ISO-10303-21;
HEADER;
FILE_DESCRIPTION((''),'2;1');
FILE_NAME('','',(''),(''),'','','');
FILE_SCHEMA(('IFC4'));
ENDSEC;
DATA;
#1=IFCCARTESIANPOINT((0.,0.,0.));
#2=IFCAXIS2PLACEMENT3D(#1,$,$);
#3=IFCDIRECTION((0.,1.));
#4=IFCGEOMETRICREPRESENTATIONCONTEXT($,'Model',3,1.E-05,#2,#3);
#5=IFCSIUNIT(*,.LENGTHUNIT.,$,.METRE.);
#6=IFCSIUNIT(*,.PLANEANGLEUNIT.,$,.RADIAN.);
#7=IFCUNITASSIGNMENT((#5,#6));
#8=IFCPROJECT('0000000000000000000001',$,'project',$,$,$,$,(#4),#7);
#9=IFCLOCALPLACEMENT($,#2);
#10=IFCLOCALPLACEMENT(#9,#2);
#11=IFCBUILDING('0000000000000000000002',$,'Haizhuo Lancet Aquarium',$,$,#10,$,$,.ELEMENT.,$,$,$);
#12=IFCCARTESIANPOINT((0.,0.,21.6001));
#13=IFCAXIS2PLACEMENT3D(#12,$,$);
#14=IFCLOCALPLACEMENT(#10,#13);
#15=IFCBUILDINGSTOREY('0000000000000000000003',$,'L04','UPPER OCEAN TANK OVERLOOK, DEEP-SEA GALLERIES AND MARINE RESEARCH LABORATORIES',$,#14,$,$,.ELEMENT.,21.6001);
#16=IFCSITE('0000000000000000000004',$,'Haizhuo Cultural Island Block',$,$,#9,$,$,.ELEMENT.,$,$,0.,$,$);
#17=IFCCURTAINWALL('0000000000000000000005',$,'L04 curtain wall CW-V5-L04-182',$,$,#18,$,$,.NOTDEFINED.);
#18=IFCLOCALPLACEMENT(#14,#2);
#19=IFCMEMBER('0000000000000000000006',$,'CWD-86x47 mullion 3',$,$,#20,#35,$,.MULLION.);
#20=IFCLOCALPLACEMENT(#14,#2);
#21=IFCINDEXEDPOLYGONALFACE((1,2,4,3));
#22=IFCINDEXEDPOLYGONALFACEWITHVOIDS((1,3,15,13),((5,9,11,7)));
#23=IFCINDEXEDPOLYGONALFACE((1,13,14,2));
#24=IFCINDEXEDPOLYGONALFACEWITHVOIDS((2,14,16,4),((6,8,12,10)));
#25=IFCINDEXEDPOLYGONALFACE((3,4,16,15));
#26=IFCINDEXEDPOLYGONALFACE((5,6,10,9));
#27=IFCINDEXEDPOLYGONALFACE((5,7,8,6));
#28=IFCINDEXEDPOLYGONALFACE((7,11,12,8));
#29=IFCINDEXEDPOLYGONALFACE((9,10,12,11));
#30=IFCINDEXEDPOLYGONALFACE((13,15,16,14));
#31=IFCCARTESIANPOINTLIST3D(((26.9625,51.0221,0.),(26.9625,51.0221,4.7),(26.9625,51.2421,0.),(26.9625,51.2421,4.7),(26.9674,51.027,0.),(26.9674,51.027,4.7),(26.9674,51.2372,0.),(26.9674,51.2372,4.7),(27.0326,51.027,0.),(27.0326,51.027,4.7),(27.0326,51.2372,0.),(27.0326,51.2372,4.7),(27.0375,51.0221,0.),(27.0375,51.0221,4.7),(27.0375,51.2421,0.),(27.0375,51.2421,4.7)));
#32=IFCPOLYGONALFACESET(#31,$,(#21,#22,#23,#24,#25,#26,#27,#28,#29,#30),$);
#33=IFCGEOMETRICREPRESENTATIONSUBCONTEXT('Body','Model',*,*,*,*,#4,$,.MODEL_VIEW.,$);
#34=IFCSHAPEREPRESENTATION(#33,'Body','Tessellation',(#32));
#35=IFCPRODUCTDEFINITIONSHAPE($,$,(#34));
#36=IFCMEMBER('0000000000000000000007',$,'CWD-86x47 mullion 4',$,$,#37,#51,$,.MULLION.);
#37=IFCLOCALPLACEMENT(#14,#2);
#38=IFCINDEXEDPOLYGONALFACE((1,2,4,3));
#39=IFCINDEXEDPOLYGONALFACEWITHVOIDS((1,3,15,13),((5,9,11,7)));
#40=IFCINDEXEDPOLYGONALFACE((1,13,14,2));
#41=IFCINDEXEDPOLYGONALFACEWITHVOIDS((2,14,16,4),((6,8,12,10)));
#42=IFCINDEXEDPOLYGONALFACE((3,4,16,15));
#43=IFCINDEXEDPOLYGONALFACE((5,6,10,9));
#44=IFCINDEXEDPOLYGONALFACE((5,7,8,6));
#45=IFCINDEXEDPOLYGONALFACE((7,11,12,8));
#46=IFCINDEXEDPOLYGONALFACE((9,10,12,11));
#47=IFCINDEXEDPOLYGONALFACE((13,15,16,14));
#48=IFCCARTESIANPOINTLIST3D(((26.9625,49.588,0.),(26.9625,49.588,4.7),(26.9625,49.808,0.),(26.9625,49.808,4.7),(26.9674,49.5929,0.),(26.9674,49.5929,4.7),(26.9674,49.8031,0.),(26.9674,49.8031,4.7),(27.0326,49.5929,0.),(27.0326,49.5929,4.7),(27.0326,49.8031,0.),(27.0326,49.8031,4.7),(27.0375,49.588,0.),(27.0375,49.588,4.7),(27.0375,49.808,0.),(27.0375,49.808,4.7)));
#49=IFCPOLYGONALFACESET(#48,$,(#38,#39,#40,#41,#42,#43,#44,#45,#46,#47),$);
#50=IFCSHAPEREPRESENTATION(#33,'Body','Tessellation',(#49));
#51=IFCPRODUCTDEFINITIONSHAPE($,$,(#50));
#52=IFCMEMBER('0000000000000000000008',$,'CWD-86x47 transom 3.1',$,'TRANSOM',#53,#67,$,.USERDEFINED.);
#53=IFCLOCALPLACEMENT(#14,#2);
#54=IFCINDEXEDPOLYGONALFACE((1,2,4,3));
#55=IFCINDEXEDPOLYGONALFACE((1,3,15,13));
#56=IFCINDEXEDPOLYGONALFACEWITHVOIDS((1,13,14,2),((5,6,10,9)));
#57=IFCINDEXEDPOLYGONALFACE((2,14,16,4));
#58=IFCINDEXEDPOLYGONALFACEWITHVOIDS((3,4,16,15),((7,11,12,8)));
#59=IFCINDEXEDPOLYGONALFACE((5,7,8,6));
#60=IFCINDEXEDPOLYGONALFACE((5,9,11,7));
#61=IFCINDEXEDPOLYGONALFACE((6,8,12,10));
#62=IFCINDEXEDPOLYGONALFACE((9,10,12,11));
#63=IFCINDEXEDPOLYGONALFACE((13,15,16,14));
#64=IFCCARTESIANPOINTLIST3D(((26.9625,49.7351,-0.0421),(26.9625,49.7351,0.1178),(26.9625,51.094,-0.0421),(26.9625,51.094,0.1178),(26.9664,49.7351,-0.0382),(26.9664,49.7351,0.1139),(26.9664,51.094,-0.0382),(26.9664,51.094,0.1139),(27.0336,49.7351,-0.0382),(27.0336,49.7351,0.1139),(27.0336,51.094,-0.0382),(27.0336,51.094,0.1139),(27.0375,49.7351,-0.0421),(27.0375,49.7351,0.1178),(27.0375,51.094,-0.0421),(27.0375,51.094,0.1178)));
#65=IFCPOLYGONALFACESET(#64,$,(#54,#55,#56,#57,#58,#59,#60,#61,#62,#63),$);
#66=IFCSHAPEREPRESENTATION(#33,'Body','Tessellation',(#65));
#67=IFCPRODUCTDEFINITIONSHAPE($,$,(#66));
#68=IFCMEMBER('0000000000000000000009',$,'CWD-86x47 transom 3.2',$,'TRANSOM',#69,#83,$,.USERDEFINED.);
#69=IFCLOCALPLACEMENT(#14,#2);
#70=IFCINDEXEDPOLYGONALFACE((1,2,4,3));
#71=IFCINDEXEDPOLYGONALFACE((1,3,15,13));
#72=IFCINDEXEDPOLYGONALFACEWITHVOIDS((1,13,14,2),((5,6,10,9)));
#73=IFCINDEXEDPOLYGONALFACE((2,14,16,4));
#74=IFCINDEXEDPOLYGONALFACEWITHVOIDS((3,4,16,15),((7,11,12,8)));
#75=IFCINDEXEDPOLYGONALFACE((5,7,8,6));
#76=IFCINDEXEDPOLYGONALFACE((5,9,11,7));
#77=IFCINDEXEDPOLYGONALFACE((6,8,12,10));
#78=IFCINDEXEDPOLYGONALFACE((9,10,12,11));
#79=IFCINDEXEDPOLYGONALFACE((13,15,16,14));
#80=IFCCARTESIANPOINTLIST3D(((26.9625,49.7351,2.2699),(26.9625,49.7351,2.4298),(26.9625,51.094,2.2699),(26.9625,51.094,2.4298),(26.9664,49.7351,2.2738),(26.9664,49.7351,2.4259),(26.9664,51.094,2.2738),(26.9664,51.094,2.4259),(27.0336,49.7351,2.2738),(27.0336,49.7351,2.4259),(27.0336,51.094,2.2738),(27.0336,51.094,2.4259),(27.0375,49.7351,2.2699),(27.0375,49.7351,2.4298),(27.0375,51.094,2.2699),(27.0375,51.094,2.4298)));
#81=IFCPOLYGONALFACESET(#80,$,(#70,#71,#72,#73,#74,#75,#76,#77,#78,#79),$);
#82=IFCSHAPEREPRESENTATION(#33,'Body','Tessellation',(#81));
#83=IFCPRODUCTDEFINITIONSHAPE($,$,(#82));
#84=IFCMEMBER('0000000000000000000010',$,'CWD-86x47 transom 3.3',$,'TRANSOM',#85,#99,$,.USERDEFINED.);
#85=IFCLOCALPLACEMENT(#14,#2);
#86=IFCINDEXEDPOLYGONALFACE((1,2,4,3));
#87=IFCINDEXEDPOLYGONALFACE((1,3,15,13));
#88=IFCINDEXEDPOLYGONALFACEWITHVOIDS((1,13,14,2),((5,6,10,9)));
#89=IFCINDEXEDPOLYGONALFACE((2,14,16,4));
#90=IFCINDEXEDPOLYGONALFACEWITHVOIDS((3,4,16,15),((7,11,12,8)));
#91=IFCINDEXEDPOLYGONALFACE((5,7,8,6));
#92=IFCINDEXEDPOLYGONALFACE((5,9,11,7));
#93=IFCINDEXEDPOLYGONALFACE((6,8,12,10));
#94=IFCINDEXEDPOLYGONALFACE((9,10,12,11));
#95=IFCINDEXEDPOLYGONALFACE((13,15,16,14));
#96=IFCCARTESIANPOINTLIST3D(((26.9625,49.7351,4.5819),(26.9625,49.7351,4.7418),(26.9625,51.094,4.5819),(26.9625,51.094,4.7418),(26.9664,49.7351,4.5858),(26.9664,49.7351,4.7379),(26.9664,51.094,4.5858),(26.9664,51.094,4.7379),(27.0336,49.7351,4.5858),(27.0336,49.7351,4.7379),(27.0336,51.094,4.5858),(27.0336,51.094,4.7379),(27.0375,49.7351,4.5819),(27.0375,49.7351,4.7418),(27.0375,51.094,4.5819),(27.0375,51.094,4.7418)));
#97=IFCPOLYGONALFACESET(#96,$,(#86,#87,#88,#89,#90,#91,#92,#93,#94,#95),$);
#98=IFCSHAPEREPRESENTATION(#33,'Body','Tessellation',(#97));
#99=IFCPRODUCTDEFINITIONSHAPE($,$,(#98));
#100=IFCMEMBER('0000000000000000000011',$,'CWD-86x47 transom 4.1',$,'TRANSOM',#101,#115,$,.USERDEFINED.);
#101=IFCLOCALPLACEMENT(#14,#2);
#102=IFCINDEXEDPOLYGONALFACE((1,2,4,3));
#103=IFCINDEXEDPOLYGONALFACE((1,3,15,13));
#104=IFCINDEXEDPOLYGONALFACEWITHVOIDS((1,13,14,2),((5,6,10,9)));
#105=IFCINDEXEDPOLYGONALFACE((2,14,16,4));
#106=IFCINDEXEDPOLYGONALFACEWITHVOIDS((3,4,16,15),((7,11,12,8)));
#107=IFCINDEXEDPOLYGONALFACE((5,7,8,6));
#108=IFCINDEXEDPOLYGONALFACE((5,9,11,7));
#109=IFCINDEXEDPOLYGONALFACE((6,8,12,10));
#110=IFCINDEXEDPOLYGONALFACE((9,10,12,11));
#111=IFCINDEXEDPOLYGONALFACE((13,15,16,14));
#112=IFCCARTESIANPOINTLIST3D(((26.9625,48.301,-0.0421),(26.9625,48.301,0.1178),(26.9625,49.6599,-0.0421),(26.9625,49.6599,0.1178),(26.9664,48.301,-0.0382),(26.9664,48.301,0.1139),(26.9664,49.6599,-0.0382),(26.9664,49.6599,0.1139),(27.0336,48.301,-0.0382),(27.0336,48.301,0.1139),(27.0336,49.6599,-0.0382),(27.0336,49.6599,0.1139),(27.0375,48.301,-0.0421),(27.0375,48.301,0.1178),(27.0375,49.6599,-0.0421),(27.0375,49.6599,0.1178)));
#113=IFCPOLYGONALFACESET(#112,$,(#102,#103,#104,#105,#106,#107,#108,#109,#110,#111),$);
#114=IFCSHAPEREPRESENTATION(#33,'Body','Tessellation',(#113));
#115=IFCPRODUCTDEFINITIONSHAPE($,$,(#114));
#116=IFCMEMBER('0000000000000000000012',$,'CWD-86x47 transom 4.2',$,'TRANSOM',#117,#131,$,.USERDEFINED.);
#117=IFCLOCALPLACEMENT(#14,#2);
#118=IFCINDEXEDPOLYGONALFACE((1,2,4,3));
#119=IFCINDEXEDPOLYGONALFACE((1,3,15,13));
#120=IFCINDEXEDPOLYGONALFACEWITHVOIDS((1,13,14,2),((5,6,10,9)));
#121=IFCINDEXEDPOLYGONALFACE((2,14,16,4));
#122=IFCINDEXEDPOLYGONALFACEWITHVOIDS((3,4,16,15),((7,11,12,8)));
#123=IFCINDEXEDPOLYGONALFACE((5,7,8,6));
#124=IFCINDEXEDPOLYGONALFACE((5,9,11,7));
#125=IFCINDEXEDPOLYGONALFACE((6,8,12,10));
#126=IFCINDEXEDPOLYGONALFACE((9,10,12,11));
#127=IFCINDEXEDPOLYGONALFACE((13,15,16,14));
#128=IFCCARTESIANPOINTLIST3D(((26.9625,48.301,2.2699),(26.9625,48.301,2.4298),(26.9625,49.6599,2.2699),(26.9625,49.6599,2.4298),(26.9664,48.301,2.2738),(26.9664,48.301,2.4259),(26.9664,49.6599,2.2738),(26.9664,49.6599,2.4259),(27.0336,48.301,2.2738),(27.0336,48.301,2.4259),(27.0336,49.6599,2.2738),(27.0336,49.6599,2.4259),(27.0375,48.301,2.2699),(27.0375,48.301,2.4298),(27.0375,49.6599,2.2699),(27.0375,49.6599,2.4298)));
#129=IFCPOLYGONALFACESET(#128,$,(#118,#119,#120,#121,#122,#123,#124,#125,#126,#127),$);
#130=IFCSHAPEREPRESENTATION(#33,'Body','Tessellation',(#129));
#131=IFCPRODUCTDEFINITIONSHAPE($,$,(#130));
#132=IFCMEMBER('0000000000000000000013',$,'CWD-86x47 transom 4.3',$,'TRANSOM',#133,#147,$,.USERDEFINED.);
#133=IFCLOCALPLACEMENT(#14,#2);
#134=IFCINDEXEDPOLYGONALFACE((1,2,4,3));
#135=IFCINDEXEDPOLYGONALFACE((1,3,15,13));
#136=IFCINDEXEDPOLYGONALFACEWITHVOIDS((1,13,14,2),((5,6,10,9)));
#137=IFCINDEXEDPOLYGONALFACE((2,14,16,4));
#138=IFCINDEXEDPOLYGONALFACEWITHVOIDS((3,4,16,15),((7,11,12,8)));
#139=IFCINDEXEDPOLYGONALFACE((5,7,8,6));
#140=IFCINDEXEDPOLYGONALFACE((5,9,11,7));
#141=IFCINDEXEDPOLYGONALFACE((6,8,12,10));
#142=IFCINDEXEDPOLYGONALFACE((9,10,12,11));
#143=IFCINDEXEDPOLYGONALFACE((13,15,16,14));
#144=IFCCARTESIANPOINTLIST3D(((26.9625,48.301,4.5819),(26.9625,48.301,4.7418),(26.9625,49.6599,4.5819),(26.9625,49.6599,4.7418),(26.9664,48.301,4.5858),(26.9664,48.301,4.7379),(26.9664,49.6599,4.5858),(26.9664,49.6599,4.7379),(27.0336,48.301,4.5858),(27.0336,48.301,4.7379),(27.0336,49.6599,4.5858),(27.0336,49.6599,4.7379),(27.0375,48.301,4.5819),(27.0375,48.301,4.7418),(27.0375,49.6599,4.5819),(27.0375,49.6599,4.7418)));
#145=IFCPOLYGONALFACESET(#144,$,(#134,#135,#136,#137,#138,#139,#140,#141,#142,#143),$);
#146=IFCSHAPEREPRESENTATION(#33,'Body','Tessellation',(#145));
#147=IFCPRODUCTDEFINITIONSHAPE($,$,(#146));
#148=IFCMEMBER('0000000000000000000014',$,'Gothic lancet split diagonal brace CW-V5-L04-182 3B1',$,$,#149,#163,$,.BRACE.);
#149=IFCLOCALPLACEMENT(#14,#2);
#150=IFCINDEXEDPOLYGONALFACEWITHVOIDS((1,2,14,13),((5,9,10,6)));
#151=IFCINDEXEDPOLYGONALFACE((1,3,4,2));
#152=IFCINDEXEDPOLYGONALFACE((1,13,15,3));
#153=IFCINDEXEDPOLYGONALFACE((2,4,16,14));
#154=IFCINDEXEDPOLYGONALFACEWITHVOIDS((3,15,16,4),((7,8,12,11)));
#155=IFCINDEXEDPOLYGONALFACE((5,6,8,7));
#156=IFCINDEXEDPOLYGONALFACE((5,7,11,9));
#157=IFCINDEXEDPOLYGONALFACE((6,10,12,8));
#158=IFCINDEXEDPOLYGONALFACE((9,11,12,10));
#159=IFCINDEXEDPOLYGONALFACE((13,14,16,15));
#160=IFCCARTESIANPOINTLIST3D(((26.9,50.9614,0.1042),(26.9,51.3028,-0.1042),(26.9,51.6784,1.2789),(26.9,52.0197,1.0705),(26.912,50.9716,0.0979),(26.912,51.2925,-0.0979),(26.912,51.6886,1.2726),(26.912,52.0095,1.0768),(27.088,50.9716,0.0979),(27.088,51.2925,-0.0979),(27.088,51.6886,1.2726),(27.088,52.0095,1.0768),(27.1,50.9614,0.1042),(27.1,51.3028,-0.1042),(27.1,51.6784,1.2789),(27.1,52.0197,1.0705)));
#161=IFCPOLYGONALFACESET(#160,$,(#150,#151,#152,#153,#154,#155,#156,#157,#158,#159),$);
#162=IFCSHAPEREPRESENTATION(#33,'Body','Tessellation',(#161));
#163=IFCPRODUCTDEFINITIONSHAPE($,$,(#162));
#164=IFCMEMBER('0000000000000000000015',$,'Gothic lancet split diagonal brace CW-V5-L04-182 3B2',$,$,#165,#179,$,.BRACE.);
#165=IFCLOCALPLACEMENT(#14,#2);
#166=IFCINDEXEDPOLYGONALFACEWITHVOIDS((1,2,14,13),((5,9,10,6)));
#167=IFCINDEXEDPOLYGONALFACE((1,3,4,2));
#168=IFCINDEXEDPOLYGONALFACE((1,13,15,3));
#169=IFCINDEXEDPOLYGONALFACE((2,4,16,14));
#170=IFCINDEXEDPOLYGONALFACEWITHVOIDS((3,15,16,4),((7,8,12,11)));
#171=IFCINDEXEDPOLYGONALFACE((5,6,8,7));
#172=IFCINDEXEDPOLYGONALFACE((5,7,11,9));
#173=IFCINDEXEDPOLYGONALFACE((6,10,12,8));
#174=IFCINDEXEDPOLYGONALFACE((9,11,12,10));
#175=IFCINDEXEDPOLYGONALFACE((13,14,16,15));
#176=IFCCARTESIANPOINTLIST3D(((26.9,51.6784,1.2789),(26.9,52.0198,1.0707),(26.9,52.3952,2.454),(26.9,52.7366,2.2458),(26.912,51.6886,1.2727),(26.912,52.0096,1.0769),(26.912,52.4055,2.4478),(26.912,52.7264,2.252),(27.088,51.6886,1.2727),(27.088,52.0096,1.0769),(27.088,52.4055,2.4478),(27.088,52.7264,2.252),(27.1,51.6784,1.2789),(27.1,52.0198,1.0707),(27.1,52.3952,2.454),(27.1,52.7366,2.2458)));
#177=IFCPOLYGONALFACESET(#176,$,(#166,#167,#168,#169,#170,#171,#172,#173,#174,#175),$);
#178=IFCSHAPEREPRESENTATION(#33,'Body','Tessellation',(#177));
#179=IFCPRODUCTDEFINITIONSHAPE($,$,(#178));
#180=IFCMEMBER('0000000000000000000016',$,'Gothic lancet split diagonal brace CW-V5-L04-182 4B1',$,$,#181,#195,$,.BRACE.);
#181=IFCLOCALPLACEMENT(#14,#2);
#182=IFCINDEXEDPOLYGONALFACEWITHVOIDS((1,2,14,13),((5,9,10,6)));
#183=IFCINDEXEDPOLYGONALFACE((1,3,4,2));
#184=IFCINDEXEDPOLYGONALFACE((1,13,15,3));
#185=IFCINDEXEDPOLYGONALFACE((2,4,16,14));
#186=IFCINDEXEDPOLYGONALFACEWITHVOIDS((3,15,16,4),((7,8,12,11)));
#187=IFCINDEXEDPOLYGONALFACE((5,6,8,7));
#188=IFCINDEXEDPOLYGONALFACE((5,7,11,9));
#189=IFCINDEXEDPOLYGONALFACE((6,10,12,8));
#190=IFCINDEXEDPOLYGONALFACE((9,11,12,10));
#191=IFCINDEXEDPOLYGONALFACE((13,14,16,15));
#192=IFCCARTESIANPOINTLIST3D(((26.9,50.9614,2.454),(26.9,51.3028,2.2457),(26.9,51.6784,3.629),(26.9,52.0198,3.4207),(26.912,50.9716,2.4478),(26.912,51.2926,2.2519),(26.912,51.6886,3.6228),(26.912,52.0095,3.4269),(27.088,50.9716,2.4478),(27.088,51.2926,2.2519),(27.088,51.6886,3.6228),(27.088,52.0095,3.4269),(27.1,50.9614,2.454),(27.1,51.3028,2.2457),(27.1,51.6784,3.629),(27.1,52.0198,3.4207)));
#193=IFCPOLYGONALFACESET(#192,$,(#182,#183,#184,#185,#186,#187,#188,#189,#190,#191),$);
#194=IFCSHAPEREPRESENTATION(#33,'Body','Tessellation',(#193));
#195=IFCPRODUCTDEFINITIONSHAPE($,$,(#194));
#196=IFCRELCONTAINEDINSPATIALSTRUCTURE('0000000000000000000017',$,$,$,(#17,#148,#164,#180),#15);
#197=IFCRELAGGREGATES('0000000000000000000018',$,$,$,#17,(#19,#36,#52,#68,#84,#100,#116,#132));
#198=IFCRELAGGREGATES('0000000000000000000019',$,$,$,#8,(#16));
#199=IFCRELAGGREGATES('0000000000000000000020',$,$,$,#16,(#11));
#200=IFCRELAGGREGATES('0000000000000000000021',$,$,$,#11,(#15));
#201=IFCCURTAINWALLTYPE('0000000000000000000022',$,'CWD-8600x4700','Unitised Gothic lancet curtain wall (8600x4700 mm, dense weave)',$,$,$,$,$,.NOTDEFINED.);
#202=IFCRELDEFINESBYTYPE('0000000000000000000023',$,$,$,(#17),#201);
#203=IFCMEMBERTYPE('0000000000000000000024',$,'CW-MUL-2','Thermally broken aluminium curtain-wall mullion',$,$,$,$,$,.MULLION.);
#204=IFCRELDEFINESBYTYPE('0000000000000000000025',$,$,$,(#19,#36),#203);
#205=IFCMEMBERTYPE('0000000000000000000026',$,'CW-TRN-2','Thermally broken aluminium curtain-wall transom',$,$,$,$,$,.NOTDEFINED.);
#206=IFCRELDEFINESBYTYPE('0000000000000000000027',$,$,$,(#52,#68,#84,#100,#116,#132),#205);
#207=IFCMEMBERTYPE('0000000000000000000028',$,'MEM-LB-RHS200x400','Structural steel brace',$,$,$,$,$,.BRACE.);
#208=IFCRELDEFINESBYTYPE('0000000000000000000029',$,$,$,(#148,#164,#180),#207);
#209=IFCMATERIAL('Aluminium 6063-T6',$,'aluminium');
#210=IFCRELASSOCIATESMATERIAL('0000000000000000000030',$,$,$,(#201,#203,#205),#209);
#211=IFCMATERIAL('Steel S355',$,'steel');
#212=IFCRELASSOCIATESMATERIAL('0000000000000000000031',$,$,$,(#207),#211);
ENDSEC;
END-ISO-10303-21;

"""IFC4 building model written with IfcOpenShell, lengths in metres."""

from ifc_helpers import new_model, si_unit, direction, frame, origin, origin_2d, place, context, subcontext, project, spatial, hollow_rectangle, extrude, material, material_profile, profile_set, type_object, element, aggregate, save


model = new_model("IFC4")

# Units and contexts
model_context = context("Model", 3, precision=1e-05, world=origin(), true_north=direction((0.0, 1.0)))
body_context = subcontext(model_context, "Body", "Model", "MODEL_VIEW")
ifc_project = project(units=[si_unit("LENGTHUNIT", "METRE"), si_unit("PLANEANGLEUNIT", "RADIAN")], contexts=[model_context])

# Site, building, storey
site_placement = place(None, origin())
site = spatial("IfcSite", under=ifc_project, at=site_placement, Name="Haizhuo Cultural Island Block", CompositionType="ELEMENT", RefElevation=0.0)
building_placement = place(site_placement, origin())
building = spatial("IfcBuilding", under=site, at=building_placement, Name="Haizhuo Lancet Aquarium", CompositionType="ELEMENT")
storey_placement = place(building_placement, frame((0.0, 0.0, 21.6001)))
storey = spatial("IfcBuildingStorey", under=building, at=storey_placement, Name="L04", Description="UPPER OCEAN TANK OVERLOOK, DEEP-SEA GALLERIES AND MARINE RESEARCH LABORATORIES", CompositionType="ELEMENT", Elevation=21.6001)

# Curtain wall, members
ifc_material_1 = material(Name="Aluminium 6063-T6", Category="aluminium")
curtain_wall_type = type_object("IfcCurtainWallType", Name="CWD-8600x4700", Description="Unitised Gothic lancet curtain wall (8600x4700 mm, dense weave)", PredefinedType="NOTDEFINED", material=ifc_material_1)
curtain_wall_placement = place(storey_placement, origin())
curtain_wall = element("IfcCurtainWall", 1, at=curtain_wall_placement, inside=storey, type_object=curtain_wall_type, Name="L04 curtain wall CW-V5-L04-182", PredefinedType="NOTDEFINED")
ifc_material_profile_1 = material_profile(ifc_material_1, hollow_rectangle(XDim=0.075, YDim=0.22, WallThickness=0.0049, at=origin_2d()), Name="ALU-M 75x220x5")
ifc_profile_set_1 = profile_set([ifc_material_profile_1], Name="Aluminium 6063-T6")
member_type_1 = type_object("IfcMemberType", Name="CW-MUL-2", Description="Thermally broken aluminium curtain-wall mullion", PredefinedType="MULLION", material=ifc_profile_set_1)
member_1_placement = place(storey_placement, frame((27.0, 51.1321, 0.0), z_axis=(0.0, 0.0, 1.0), x_axis=(1.0, 0.0, 0.0)))
member_1 = element("IfcMember", 2, at=member_1_placement, type_object=member_type_1, Name="CWD-86x47 mullion 3", PredefinedType="MULLION", context=body_context, shape_type="SweptSolid", body=[
    extrude(hollow_rectangle(XDim=0.075, YDim=0.22, WallThickness=0.0049, at=origin_2d()), origin(), (0.0, 0.0, 1.0), 4.7),
])
member_2_placement = place(storey_placement, frame((27.0, 49.698, 0.0), z_axis=(0.0, 0.0, 1.0), x_axis=(1.0, 0.0, 0.0)))
member_2 = element("IfcMember", 3, at=member_2_placement, type_object=member_type_1, Name="CWD-86x47 mullion 4", PredefinedType="MULLION", context=body_context, shape_type="SweptSolid", body=[
    extrude(hollow_rectangle(XDim=0.075, YDim=0.22, WallThickness=0.0049, at=origin_2d()), origin(), (0.0, 0.0, 1.0), 4.7),
])
ifc_material_profile_2 = material_profile(ifc_material_1, hollow_rectangle(XDim=0.075, YDim=0.1599, WallThickness=0.0039, at=origin_2d()), Name="ALU-T 75x160x4")
ifc_profile_set_2 = profile_set([ifc_material_profile_2], Name="Aluminium 6063-T6")
member_type_2 = type_object("IfcMemberType", Name="CW-TRN-2", Description="Thermally broken aluminium curtain-wall transom", PredefinedType="NOTDEFINED", material=ifc_profile_set_2)
member_3_placement = place(storey_placement, frame((27.0, 51.094, 0.0378), z_axis=(0.0, -1.0, 0.0), x_axis=(1.0, 0.0, 0.0)))
member_3 = element("IfcMember", 4, at=member_3_placement, type_object=member_type_2, Name="CWD-86x47 transom 3.1", ObjectType="TRANSOM", PredefinedType="USERDEFINED", context=body_context, shape_type="SweptSolid", body=[
    extrude(hollow_rectangle(XDim=0.075, YDim=0.1599, WallThickness=0.0039, at=origin_2d()), origin(), (0.0, 0.0, 1.0), 1.3589),
])
member_4_placement = place(storey_placement, frame((27.0, 51.094, 2.3499), z_axis=(0.0, -1.0, 0.0), x_axis=(1.0, 0.0, 0.0)))
member_4 = element("IfcMember", 5, at=member_4_placement, type_object=member_type_2, Name="CWD-86x47 transom 3.2", ObjectType="TRANSOM", PredefinedType="USERDEFINED", context=body_context, shape_type="SweptSolid", body=[
    extrude(hollow_rectangle(XDim=0.075, YDim=0.1599, WallThickness=0.0039, at=origin_2d()), origin(), (0.0, 0.0, 1.0), 1.3589),
])
member_5_placement = place(storey_placement, frame((27.0, 51.094, 4.6619), z_axis=(0.0, -1.0, 0.0), x_axis=(1.0, 0.0, 0.0)))
member_5 = element("IfcMember", 6, at=member_5_placement, type_object=member_type_2, Name="CWD-86x47 transom 3.3", ObjectType="TRANSOM", PredefinedType="USERDEFINED", context=body_context, shape_type="SweptSolid", body=[
    extrude(hollow_rectangle(XDim=0.075, YDim=0.1599, WallThickness=0.0039, at=origin_2d()), origin(), (0.0, 0.0, 1.0), 1.3589),
])
member_6_placement = place(storey_placement, frame((27.0, 49.6599, 0.0378), z_axis=(0.0, -1.0, 0.0), x_axis=(1.0, 0.0, 0.0)))
member_6 = element("IfcMember", 7, at=member_6_placement, type_object=member_type_2, Name="CWD-86x47 transom 4.1", ObjectType="TRANSOM", PredefinedType="USERDEFINED", context=body_context, shape_type="SweptSolid", body=[
    extrude(hollow_rectangle(XDim=0.075, YDim=0.1599, WallThickness=0.0039, at=origin_2d()), origin(), (0.0, 0.0, 1.0), 1.3589),
])
member_7_placement = place(storey_placement, frame((27.0, 49.6599, 2.3499), z_axis=(0.0, -1.0, 0.0), x_axis=(1.0, 0.0, 0.0)))
member_7 = element("IfcMember", 8, at=member_7_placement, type_object=member_type_2, Name="CWD-86x47 transom 4.2", ObjectType="TRANSOM", PredefinedType="USERDEFINED", context=body_context, shape_type="SweptSolid", body=[
    extrude(hollow_rectangle(XDim=0.075, YDim=0.1599, WallThickness=0.0039, at=origin_2d()), origin(), (0.0, 0.0, 1.0), 1.3589),
])
member_8_placement = place(storey_placement, frame((27.0, 49.6599, 4.6619), z_axis=(0.0, -1.0, 0.0), x_axis=(1.0, 0.0, 0.0)))
member_8 = element("IfcMember", 9, at=member_8_placement, type_object=member_type_2, Name="CWD-86x47 transom 4.3", ObjectType="TRANSOM", PredefinedType="USERDEFINED", context=body_context, shape_type="SweptSolid", body=[
    extrude(hollow_rectangle(XDim=0.075, YDim=0.1599, WallThickness=0.0039, at=origin_2d()), origin(), (0.0, 0.0, 1.0), 1.3589),
])

# Members
ifc_material_2 = material(Name="Steel S355", Category="steel")
ifc_material_profile_3 = material_profile(ifc_material_2, hollow_rectangle(XDim=0.2, YDim=0.3999, WallThickness=0.012, at=origin_2d()), Name="RHS 200x400x12")
ifc_profile_set_3 = profile_set([ifc_material_profile_3], Name="Steel S355")
member_type_3 = type_object("IfcMemberType", Name="MEM-LB-RHS200x400", Description="Structural steel brace", PredefinedType="BRACE", material=ifc_profile_set_3)
member_9_placement = place(storey_placement, frame((27.0, 51.1321, 0.0), z_axis=(0.0, 0.520976, 0.853571), x_axis=(-1.0, 0.0, 0.0)))
element("IfcMember", 10, at=member_9_placement, inside=storey, type_object=member_type_3, Name="Gothic lancet split diagonal brace CW-V5-L04-182 3B1", PredefinedType="BRACE", context=body_context, shape_type="SweptSolid", body=[
    extrude(hollow_rectangle(XDim=0.2, YDim=0.3999, WallThickness=0.012, at=origin_2d()), origin(), (0.0, 0.0, 1.0), 1.3762),
])
for number, where, z_axis, x_axis, name in (
    (11, (27.0, 51.8491, 1.1748), (0.0, 0.520768, 0.853698), (-1.0, 0.0, 0.0), "Gothic lancet split diagonal brace CW-V5-L04-182 3B2"),
    (12, (27.0, 51.1321, 2.3499), (0.0, 0.520898, 0.853619), (-1.0, 0.0, 0.0), "Gothic lancet split diagonal brace CW-V5-L04-182 4B1"),
):
    element("IfcMember", number, at=place(storey_placement, frame(where, z_axis=z_axis, x_axis=x_axis)), inside=storey, type_object=member_type_3, Name=name, PredefinedType="BRACE", context=body_context, shape_type="SweptSolid", body=[
        extrude(hollow_rectangle(XDim=0.2, YDim=0.3999, WallThickness=0.012, at=origin_2d()), origin(), (0.0, 0.0, 1.0), 1.3765),
    ])

aggregate(curtain_wall, [member_1, member_2, member_3, member_4, member_5, member_6, member_7, member_8])

save(model, "model.ifc")
